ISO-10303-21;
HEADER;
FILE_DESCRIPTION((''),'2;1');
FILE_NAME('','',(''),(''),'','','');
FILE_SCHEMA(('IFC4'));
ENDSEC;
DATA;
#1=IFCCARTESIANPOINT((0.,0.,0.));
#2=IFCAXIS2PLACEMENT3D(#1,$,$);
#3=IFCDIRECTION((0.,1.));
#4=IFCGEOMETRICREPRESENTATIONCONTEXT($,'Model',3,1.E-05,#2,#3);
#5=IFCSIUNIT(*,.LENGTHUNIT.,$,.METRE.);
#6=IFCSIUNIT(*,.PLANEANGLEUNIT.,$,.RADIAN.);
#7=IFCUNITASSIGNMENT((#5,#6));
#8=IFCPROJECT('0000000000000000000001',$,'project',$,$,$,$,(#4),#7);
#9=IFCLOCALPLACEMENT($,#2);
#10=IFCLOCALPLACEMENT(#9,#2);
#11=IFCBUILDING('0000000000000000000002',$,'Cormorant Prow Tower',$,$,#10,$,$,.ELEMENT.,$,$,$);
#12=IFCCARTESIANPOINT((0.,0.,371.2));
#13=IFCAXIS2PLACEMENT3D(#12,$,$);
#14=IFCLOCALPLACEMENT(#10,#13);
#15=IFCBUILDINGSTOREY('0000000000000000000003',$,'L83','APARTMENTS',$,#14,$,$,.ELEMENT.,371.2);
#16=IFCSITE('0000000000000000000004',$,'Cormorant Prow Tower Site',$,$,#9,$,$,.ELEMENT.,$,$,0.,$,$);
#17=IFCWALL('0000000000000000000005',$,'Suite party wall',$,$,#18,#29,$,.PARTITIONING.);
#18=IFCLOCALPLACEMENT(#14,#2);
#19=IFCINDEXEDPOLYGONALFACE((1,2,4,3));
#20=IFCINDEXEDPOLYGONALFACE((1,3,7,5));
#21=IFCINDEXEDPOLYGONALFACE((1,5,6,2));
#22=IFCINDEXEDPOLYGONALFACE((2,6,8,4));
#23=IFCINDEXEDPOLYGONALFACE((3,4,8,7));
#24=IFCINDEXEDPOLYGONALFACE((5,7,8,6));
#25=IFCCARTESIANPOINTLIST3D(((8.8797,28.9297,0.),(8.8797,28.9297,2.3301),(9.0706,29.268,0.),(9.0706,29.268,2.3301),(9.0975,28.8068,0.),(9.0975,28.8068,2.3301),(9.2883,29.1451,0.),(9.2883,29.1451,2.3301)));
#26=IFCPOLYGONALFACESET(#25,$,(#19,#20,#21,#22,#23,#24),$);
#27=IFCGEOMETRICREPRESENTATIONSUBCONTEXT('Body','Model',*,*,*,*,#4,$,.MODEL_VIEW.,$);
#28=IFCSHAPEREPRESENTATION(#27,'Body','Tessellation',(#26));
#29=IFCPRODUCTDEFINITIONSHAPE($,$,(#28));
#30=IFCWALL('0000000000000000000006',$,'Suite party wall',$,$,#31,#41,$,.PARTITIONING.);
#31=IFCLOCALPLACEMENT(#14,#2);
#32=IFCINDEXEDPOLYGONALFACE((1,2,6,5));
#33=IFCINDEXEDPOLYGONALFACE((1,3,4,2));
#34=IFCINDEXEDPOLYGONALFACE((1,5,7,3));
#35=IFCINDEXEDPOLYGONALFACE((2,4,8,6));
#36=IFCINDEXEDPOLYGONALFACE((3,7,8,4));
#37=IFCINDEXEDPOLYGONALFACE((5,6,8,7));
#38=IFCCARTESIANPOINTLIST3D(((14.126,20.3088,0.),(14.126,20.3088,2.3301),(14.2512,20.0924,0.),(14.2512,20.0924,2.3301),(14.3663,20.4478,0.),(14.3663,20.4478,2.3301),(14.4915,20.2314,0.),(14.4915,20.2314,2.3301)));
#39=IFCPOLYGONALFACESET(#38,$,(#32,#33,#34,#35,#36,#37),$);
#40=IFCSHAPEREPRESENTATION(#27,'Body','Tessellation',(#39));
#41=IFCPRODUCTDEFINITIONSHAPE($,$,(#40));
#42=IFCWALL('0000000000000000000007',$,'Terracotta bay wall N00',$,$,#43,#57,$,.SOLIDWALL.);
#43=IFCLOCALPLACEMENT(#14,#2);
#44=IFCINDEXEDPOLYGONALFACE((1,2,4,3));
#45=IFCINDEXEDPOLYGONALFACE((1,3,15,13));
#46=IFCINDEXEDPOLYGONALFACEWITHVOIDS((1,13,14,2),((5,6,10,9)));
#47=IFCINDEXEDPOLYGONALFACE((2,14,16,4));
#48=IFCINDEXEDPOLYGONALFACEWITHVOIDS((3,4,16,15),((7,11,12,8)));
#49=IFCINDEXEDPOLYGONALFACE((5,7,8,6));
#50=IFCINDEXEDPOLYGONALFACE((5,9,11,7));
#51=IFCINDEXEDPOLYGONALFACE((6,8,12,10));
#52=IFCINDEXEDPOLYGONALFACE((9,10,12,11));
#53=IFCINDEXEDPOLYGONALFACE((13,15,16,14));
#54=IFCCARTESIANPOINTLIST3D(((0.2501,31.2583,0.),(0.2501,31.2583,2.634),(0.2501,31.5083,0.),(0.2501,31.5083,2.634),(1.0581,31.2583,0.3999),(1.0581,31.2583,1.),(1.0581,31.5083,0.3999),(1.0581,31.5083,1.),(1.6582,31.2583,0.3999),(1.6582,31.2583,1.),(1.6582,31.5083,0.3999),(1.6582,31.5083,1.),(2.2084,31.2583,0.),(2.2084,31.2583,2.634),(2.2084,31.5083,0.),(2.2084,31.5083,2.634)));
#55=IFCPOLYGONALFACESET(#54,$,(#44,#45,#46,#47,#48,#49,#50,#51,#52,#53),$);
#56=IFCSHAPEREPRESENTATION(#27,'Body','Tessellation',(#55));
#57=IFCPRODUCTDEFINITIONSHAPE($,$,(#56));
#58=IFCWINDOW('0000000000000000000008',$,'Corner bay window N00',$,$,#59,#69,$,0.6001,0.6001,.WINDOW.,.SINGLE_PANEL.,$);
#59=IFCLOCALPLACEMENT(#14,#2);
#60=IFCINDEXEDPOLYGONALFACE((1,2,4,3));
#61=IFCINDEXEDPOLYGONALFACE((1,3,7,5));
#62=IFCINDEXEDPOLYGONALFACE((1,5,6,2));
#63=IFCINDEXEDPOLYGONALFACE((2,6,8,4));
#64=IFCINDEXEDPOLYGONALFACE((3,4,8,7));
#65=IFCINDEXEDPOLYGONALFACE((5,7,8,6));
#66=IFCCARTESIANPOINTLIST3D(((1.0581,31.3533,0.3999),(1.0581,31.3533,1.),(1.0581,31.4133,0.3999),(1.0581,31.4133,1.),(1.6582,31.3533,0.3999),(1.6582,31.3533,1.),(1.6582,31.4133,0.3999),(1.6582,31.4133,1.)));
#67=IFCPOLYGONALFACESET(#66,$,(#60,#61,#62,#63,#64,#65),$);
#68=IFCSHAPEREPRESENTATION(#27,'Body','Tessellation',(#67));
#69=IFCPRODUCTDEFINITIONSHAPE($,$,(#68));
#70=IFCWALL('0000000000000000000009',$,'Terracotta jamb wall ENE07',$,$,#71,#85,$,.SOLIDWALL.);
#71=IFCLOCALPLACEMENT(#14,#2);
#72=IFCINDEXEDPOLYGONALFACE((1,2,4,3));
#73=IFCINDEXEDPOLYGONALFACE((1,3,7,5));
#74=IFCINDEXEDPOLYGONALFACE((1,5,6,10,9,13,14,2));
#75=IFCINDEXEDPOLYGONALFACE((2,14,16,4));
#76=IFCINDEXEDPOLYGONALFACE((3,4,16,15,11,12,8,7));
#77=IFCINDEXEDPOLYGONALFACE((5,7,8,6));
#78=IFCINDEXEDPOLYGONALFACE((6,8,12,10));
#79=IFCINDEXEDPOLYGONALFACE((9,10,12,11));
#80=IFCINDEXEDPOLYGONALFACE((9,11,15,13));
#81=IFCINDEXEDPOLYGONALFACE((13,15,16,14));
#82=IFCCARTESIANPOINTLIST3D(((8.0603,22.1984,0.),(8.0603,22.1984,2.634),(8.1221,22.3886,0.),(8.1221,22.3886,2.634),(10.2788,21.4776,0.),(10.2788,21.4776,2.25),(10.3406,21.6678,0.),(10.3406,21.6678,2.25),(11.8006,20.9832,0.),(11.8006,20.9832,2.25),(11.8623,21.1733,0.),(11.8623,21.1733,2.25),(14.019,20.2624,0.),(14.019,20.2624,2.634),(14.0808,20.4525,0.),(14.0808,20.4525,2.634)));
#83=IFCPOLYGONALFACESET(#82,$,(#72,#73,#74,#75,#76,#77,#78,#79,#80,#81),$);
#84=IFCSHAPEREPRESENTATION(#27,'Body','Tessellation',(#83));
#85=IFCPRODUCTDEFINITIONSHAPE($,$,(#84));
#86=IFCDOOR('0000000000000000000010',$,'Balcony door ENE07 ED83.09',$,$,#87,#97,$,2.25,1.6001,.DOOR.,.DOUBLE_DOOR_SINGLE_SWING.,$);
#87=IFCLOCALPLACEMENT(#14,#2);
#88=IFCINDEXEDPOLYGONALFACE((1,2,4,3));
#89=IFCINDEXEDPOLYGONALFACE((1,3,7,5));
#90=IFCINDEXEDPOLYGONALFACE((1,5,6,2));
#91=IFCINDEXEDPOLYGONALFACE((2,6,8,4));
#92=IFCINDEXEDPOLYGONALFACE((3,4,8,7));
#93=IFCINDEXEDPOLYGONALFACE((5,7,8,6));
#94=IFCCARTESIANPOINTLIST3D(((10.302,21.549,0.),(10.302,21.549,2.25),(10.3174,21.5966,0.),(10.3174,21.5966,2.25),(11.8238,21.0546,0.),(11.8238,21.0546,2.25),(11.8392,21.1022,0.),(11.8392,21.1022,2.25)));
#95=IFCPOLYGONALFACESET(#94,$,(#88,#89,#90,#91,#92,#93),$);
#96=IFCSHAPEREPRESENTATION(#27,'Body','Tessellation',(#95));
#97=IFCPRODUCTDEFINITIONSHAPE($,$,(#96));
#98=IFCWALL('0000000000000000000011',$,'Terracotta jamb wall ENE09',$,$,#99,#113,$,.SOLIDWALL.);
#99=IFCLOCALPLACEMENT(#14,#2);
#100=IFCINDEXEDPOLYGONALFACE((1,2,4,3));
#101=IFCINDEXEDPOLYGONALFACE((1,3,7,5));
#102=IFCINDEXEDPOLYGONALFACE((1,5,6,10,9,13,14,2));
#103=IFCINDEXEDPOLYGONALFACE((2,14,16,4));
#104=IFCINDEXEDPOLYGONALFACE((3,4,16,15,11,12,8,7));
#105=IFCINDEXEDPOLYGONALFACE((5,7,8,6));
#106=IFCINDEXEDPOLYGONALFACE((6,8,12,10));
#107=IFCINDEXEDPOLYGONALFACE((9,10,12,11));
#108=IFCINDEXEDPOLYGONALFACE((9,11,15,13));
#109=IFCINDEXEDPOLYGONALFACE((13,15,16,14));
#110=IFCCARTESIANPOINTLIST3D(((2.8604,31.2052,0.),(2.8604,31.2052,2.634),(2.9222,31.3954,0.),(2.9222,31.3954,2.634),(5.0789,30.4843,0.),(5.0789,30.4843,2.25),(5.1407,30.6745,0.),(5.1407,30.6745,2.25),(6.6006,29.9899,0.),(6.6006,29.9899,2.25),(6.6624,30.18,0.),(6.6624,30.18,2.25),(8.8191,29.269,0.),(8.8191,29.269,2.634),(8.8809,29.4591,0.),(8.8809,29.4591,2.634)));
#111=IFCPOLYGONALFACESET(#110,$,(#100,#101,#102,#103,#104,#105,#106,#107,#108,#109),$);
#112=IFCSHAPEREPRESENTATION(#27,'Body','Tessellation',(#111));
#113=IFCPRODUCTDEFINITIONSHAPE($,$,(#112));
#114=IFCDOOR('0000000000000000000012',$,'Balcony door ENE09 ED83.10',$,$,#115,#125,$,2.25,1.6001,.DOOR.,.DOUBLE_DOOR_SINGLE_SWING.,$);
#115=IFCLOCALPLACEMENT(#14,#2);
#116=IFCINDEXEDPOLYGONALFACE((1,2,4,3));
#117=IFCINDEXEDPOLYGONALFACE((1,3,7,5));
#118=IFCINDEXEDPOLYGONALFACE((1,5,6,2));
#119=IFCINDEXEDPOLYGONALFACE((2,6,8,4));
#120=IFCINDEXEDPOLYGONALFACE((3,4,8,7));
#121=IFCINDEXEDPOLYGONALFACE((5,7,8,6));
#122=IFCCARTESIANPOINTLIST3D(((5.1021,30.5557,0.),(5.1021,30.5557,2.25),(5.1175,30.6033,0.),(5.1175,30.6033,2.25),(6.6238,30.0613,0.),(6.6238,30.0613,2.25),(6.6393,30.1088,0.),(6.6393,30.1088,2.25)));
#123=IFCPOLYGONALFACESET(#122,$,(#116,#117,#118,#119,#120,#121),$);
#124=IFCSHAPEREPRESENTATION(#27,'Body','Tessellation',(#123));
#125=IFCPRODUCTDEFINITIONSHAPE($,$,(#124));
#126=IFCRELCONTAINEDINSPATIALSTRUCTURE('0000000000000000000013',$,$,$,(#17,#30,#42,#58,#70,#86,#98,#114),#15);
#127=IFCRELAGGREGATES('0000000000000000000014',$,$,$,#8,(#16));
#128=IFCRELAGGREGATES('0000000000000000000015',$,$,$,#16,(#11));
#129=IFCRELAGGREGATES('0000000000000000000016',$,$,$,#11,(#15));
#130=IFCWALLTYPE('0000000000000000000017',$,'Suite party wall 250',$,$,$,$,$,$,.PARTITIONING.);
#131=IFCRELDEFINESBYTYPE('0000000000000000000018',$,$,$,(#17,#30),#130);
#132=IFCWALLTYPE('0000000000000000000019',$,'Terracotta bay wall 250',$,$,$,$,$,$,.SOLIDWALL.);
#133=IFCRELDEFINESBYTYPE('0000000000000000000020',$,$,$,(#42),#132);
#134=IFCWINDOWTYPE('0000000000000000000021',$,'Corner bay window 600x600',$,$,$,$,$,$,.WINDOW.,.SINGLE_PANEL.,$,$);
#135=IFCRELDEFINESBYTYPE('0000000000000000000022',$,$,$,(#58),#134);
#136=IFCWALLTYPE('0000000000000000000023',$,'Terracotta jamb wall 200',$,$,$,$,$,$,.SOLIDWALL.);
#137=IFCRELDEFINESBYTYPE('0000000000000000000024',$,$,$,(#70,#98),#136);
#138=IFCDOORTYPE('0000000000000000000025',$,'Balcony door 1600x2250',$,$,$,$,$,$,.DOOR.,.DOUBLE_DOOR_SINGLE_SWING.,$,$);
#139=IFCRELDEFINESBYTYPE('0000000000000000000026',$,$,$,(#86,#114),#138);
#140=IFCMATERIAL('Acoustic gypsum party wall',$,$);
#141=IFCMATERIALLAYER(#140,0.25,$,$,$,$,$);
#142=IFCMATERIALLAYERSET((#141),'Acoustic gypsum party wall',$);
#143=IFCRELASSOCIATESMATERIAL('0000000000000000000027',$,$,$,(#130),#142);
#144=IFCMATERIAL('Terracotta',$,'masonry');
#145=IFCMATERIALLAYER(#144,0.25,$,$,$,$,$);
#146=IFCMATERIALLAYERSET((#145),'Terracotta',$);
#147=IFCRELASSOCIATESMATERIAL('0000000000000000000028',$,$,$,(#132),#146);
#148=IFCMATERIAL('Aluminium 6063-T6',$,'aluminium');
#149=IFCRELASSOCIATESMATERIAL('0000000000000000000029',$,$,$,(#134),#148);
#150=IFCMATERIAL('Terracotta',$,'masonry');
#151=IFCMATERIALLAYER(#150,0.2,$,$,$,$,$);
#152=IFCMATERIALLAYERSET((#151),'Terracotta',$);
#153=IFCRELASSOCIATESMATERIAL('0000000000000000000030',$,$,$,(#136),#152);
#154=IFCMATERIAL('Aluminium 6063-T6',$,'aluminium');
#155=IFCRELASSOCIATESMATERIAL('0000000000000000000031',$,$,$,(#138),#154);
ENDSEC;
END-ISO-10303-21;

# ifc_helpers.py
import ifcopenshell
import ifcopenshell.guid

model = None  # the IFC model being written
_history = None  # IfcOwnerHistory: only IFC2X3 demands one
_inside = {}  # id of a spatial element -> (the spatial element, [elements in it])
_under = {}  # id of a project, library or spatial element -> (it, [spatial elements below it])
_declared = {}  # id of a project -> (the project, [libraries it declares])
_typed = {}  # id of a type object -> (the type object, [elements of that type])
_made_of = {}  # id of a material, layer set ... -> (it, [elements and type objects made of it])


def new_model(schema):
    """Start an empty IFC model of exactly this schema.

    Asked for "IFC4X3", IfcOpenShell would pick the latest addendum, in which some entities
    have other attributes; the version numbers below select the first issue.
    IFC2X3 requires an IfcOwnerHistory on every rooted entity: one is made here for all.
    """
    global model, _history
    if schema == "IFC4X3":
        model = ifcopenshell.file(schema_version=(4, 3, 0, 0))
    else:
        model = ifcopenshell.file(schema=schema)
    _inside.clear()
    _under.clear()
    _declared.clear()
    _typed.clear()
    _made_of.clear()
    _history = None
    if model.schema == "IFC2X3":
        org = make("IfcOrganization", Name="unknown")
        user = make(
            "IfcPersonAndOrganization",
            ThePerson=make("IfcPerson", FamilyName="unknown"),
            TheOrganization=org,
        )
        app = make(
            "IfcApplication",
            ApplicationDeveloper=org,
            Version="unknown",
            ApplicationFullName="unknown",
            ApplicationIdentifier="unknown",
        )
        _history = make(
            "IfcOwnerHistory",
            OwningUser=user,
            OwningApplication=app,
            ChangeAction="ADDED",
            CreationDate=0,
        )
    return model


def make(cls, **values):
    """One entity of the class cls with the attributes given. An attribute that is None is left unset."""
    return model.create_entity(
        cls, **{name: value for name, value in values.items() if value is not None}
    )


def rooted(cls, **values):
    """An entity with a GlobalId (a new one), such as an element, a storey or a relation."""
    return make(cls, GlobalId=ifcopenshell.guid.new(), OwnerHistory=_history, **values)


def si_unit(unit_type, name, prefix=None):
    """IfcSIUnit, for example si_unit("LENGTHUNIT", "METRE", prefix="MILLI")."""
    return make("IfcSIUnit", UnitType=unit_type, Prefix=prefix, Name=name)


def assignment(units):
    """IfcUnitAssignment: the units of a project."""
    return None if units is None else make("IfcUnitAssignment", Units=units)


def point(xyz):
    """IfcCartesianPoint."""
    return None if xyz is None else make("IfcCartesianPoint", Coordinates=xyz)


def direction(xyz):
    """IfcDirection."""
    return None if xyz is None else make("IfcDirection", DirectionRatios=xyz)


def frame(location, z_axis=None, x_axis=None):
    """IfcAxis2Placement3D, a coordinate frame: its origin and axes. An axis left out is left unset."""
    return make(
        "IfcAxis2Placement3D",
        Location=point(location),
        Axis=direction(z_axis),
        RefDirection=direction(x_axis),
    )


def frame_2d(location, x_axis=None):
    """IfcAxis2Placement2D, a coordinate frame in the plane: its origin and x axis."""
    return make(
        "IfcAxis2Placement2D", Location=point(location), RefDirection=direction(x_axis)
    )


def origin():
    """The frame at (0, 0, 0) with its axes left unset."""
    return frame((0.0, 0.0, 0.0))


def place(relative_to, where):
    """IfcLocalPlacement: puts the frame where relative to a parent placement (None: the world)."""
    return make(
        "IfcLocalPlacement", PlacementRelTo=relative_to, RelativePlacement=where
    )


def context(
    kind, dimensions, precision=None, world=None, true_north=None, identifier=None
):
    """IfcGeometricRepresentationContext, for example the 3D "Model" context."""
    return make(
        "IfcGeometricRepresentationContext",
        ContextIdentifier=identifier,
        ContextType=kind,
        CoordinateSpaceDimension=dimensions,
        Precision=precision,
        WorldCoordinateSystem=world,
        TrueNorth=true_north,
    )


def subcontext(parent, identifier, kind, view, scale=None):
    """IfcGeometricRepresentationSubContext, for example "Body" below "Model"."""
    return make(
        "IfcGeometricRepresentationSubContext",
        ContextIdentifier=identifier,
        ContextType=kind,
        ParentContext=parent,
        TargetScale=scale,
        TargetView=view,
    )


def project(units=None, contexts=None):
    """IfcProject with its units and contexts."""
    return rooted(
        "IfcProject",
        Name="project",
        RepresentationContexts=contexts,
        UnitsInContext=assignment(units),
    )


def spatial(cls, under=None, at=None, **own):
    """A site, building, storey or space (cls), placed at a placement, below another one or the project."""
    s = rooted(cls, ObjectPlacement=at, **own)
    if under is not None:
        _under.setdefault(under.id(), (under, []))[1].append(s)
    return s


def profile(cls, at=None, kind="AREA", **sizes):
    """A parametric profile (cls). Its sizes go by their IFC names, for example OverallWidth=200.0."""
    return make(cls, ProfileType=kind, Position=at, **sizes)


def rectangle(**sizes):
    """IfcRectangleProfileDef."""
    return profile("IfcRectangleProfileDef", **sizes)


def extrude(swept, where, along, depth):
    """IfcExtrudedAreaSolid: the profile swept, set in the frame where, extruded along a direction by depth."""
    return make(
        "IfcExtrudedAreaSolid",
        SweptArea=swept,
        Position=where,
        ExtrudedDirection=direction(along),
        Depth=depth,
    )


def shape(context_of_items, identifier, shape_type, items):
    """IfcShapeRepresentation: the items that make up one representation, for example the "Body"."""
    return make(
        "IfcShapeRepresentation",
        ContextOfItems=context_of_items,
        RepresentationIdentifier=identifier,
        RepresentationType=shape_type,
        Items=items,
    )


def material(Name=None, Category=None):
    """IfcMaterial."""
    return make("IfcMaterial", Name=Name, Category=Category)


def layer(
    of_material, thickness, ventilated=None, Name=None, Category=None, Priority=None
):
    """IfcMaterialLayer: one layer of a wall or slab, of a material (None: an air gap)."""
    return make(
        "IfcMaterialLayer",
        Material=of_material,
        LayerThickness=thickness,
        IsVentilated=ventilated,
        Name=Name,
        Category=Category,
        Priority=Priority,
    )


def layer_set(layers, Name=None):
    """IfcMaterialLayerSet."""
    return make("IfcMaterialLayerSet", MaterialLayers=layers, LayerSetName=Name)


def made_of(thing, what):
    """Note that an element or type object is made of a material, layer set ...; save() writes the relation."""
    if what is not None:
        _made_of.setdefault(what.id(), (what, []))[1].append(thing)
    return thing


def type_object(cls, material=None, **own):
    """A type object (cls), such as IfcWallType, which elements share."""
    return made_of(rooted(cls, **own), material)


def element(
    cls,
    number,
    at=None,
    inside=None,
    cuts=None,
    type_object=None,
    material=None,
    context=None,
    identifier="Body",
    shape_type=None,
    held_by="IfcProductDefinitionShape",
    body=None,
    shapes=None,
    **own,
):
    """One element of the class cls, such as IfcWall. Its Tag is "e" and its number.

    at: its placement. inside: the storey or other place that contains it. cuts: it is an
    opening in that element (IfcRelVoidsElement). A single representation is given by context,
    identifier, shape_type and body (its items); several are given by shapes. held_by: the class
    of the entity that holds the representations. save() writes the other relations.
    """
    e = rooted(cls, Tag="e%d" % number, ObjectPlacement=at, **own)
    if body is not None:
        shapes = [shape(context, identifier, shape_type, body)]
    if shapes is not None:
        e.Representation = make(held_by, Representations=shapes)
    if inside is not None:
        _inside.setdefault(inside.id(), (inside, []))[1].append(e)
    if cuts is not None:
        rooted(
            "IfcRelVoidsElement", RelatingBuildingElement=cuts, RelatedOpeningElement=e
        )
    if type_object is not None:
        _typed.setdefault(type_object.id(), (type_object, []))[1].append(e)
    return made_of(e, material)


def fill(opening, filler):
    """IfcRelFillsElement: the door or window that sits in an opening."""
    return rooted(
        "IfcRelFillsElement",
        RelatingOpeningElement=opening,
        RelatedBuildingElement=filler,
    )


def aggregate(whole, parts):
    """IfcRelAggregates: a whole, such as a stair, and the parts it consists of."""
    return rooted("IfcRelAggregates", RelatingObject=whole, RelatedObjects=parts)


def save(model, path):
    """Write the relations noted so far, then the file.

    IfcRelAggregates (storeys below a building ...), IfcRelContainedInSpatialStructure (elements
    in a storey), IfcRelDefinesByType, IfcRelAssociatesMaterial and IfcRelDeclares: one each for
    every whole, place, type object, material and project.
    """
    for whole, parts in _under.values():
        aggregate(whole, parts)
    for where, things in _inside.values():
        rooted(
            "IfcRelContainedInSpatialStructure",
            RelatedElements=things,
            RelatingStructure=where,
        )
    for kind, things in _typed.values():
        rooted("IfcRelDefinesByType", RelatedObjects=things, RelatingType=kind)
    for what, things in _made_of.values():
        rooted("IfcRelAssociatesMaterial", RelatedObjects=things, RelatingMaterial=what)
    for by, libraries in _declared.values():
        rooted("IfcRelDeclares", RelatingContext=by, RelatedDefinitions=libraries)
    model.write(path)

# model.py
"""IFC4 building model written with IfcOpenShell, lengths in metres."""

from ifc_helpers import new_model, si_unit, direction, frame, frame_2d, origin, place, context, subcontext, project, spatial, rectangle, extrude, material, layer, layer_set, type_object, element, fill, save


model = new_model("IFC4")

# Units and contexts
model_context = context("Model", 3, precision=1e-05, world=origin(), true_north=direction((0.0, 1.0)))
body_context = subcontext(model_context, "Body", "Model", "MODEL_VIEW")
ifc_project = project(units=[si_unit("LENGTHUNIT", "METRE"), si_unit("PLANEANGLEUNIT", "RADIAN")], contexts=[model_context])

# Site, building, storey
site_placement = place(None, origin())
site = spatial("IfcSite", under=ifc_project, at=site_placement, Name="Cormorant Prow Tower Site", CompositionType="ELEMENT", RefElevation=0.0)
building_placement = place(site_placement, origin())
building = spatial("IfcBuilding", under=site, at=building_placement, Name="Cormorant Prow Tower", CompositionType="ELEMENT")
storey_placement = place(building_placement, frame((0.0, 0.0, 371.2)))
storey = spatial("IfcBuildingStorey", under=building, at=storey_placement, Name="L83", Description="APARTMENTS", CompositionType="ELEMENT", Elevation=371.2)

# Walls
ifc_material_1 = material(Name="Acoustic gypsum party wall")
ifc_layer_1 = layer(ifc_material_1, 0.25)
ifc_layer_set_1 = layer_set([ifc_layer_1], Name="Acoustic gypsum party wall")
wall_type_1 = type_object("IfcWallType", Name="Suite party wall 250", PredefinedType="PARTITIONING", material=ifc_layer_set_1)
wall_1_placement = place(storey_placement, frame((8.9885, 28.8682, 0.0), z_axis=(0.0, 0.0, 1.0), x_axis=(0.491395, 0.870937, 0.0)))
element("IfcWall", 1, at=wall_1_placement, inside=storey, type_object=wall_type_1, Name="Suite party wall", PredefinedType="PARTITIONING", context=body_context, shape_type="SweptSolid", body=[
    extrude(rectangle(XDim=0.3884, YDim=0.25, at=frame_2d((0.1943, 0.0))), origin(), (0.0, 0.0, 1.0), 2.3301),
])
wall_2_placement = place(storey_placement, frame((14.1887, 20.2007, 0.0), z_axis=(0.0, 0.0, 1.0), x_axis=(0.865687, 0.500585, 0.0)))
element("IfcWall", 2, at=wall_2_placement, inside=storey, type_object=wall_type_1, Name="Suite party wall", PredefinedType="PARTITIONING", context=body_context, shape_type="SweptSolid", body=[
    extrude(rectangle(XDim=0.2776, YDim=0.25, at=frame_2d((0.1387, 0.0))), origin(), (0.0, 0.0, 1.0), 2.3301),
])

# Wall, opening, window
ifc_material_2 = material(Name="Terracotta", Category="masonry")
ifc_layer_2 = layer(ifc_material_2, 0.25)
ifc_layer_set_2 = layer_set([ifc_layer_2], Name="Terracotta")
wall_type_2 = type_object("IfcWallType", Name="Terracotta bay wall 250", PredefinedType="SOLIDWALL", material=ifc_layer_set_2)
wall_3_placement = place(storey_placement, frame((2.2083, 31.3833, 0.0), z_axis=(0.0, 0.0, 1.0), x_axis=(-1.0, 0.0, 0.0)))
wall_3 = element("IfcWall", 3, at=wall_3_placement, inside=storey, type_object=wall_type_2, Name="Terracotta bay wall N00", PredefinedType="SOLIDWALL", context=body_context, shape_type="SweptSolid", body=[
    extrude(rectangle(XDim=1.9583, YDim=0.25, at=frame_2d((0.979, 0.0))), origin(), (0.0, 0.0, 1.0), 2.634),
])
opening_1_placement = place(wall_3_placement, frame((0.55, 0.0, 0.3999)))
opening_1 = element("IfcOpeningElement", 4, at=opening_1_placement, cuts=wall_3, PredefinedType="OPENING", context=body_context, shape_type="SweptSolid", body=[
    extrude(rectangle(XDim=0.6001, YDim=0.6001, at=frame_2d((0.3, 0.3))), frame((0.0, 0.135, 0.0), z_axis=(0.0, -1.0, 0.0), x_axis=(1.0, 0.0, 0.0)), (0.0, 0.0, 1.0), 0.27),
])
ifc_material_3 = material(Name="Aluminium 6063-T6", Category="aluminium")
window_type = type_object("IfcWindowType", Name="Corner bay window 600x600", PartitioningType="SINGLE_PANEL", PredefinedType="WINDOW", material=ifc_material_3)
window_placement = place(opening_1_placement, origin())
window = element("IfcWindow", 5, at=window_placement, inside=storey, type_object=window_type, Name="Corner bay window N00", OverallHeight=0.6001, OverallWidth=0.6001, PartitioningType="SINGLE_PANEL", PredefinedType="WINDOW", context=body_context, shape_type="SweptSolid", body=[
    extrude(rectangle(XDim=0.6001, YDim=0.6001, at=frame_2d((0.3, 0.3))), frame((0.0, 0.03, 0.0), z_axis=(0.0, -1.0, 0.0), x_axis=(1.0, 0.0, 0.0)), (0.0, 0.0, 1.0), 0.0601),
])
fill(opening_1, window)

# Walls, openings, doors
ifc_material_4 = material(Name="Terracotta", Category="masonry")
ifc_layer_3 = layer(ifc_material_4, 0.2)
ifc_layer_set_3 = layer_set([ifc_layer_3], Name="Terracotta")
wall_type_3 = type_object("IfcWallType", Name="Terracotta jamb wall 200", PredefinedType="SOLIDWALL", material=ifc_layer_set_3)
wall_4_placement = place(storey_placement, frame((14.05, 20.3574, 0.0), z_axis=(0.0, 0.0, 1.0), x_axis=(-0.95106, 0.309006, 0.0)))
wall_4 = element("IfcWall", 6, at=wall_4_placement, inside=storey, type_object=wall_type_3, Name="Terracotta jamb wall ENE07", PredefinedType="SOLIDWALL", context=body_context, shape_type="SweptSolid", body=[
    extrude(rectangle(XDim=6.2654, YDim=0.2, at=frame_2d((3.1328, 0.0))), origin(), (0.0, 0.0, 1.0), 2.634),
])
opening_2_placement = place(wall_4_placement, frame((2.3328, 0.0, 0.0)))
opening_2 = element("IfcOpeningElement", 7, at=opening_2_placement, cuts=wall_4, PredefinedType="OPENING", context=body_context, shape_type="SweptSolid", body=[
    extrude(rectangle(XDim=1.6001, YDim=2.25, at=frame_2d((0.8, 1.125))), frame((0.0, 0.1099, 0.0), z_axis=(0.0, -1.0, 0.0), x_axis=(1.0, 0.0, 0.0)), (0.0, 0.0, 1.0), 0.22),
])
ifc_material_5 = material(Name="Aluminium 6063-T6", Category="aluminium")
door_type_1 = type_object("IfcDoorType", Name="Balcony door 1600x2250", OperationType="DOUBLE_DOOR_SINGLE_SWING", PredefinedType="DOOR", material=ifc_material_5)
door_1_placement = place(opening_2_placement, origin())
door_1 = element("IfcDoor", 8, at=door_1_placement, inside=storey, type_object=door_type_1, Name="Balcony door ENE07 ED83.09", OperationType="DOUBLE_DOOR_SINGLE_SWING", OverallHeight=2.25, OverallWidth=1.6001, PredefinedType="DOOR", context=body_context, shape_type="SweptSolid", body=[
    extrude(rectangle(XDim=1.6001, YDim=2.25, at=frame_2d((0.8, 1.125))), frame((0.0, 0.0249, 0.0), z_axis=(0.0, -1.0, 0.0), x_axis=(1.0, 0.0, 0.0)), (0.0, 0.0, 1.0), 0.05),
])
fill(opening_2, door_1)
wall_5_placement = place(storey_placement, frame((8.8501, 29.364, 0.0), z_axis=(0.0, 0.0, 1.0), x_axis=(-0.951049, 0.309041, 0.0)))
wall_5 = element("IfcWall", 9, at=wall_5_placement, inside=storey, type_object=wall_type_3, Name="Terracotta jamb wall ENE09", PredefinedType="SOLIDWALL", context=body_context, shape_type="SweptSolid", body=[
    extrude(rectangle(XDim=6.2654, YDim=0.2, at=frame_2d((3.1328, 0.0))), origin(), (0.0, 0.0, 1.0), 2.634),
])
opening_3_placement = place(wall_5_placement, frame((2.3328, 0.0, 0.0)))
opening_3 = element("IfcOpeningElement", 10, at=opening_3_placement, cuts=wall_5, PredefinedType="OPENING", context=body_context, shape_type="SweptSolid", body=[
    extrude(rectangle(XDim=1.6001, YDim=2.25, at=frame_2d((0.8, 1.125))), frame((0.0, 0.1099, 0.0), z_axis=(0.0, -1.0, 0.0), x_axis=(1.0, 0.0, 0.0)), (0.0, 0.0, 1.0), 0.22),
])
door_2_placement = place(opening_3_placement, origin())
door_2 = element("IfcDoor", 11, at=door_2_placement, inside=storey, type_object=door_type_1, Name="Balcony door ENE09 ED83.10", OperationType="DOUBLE_DOOR_SINGLE_SWING", OverallHeight=2.25, OverallWidth=1.6001, PredefinedType="DOOR", context=body_context, shape_type="SweptSolid", body=[
    extrude(rectangle(XDim=1.6001, YDim=2.25, at=frame_2d((0.8, 1.125))), frame((0.0, 0.0249, 0.0), z_axis=(0.0, -1.0, 0.0), x_axis=(1.0, 0.0, 0.0)), (0.0, 0.0, 1.0), 0.05),
])
fill(opening_3, door_2)

save(model, "model.ifc")
